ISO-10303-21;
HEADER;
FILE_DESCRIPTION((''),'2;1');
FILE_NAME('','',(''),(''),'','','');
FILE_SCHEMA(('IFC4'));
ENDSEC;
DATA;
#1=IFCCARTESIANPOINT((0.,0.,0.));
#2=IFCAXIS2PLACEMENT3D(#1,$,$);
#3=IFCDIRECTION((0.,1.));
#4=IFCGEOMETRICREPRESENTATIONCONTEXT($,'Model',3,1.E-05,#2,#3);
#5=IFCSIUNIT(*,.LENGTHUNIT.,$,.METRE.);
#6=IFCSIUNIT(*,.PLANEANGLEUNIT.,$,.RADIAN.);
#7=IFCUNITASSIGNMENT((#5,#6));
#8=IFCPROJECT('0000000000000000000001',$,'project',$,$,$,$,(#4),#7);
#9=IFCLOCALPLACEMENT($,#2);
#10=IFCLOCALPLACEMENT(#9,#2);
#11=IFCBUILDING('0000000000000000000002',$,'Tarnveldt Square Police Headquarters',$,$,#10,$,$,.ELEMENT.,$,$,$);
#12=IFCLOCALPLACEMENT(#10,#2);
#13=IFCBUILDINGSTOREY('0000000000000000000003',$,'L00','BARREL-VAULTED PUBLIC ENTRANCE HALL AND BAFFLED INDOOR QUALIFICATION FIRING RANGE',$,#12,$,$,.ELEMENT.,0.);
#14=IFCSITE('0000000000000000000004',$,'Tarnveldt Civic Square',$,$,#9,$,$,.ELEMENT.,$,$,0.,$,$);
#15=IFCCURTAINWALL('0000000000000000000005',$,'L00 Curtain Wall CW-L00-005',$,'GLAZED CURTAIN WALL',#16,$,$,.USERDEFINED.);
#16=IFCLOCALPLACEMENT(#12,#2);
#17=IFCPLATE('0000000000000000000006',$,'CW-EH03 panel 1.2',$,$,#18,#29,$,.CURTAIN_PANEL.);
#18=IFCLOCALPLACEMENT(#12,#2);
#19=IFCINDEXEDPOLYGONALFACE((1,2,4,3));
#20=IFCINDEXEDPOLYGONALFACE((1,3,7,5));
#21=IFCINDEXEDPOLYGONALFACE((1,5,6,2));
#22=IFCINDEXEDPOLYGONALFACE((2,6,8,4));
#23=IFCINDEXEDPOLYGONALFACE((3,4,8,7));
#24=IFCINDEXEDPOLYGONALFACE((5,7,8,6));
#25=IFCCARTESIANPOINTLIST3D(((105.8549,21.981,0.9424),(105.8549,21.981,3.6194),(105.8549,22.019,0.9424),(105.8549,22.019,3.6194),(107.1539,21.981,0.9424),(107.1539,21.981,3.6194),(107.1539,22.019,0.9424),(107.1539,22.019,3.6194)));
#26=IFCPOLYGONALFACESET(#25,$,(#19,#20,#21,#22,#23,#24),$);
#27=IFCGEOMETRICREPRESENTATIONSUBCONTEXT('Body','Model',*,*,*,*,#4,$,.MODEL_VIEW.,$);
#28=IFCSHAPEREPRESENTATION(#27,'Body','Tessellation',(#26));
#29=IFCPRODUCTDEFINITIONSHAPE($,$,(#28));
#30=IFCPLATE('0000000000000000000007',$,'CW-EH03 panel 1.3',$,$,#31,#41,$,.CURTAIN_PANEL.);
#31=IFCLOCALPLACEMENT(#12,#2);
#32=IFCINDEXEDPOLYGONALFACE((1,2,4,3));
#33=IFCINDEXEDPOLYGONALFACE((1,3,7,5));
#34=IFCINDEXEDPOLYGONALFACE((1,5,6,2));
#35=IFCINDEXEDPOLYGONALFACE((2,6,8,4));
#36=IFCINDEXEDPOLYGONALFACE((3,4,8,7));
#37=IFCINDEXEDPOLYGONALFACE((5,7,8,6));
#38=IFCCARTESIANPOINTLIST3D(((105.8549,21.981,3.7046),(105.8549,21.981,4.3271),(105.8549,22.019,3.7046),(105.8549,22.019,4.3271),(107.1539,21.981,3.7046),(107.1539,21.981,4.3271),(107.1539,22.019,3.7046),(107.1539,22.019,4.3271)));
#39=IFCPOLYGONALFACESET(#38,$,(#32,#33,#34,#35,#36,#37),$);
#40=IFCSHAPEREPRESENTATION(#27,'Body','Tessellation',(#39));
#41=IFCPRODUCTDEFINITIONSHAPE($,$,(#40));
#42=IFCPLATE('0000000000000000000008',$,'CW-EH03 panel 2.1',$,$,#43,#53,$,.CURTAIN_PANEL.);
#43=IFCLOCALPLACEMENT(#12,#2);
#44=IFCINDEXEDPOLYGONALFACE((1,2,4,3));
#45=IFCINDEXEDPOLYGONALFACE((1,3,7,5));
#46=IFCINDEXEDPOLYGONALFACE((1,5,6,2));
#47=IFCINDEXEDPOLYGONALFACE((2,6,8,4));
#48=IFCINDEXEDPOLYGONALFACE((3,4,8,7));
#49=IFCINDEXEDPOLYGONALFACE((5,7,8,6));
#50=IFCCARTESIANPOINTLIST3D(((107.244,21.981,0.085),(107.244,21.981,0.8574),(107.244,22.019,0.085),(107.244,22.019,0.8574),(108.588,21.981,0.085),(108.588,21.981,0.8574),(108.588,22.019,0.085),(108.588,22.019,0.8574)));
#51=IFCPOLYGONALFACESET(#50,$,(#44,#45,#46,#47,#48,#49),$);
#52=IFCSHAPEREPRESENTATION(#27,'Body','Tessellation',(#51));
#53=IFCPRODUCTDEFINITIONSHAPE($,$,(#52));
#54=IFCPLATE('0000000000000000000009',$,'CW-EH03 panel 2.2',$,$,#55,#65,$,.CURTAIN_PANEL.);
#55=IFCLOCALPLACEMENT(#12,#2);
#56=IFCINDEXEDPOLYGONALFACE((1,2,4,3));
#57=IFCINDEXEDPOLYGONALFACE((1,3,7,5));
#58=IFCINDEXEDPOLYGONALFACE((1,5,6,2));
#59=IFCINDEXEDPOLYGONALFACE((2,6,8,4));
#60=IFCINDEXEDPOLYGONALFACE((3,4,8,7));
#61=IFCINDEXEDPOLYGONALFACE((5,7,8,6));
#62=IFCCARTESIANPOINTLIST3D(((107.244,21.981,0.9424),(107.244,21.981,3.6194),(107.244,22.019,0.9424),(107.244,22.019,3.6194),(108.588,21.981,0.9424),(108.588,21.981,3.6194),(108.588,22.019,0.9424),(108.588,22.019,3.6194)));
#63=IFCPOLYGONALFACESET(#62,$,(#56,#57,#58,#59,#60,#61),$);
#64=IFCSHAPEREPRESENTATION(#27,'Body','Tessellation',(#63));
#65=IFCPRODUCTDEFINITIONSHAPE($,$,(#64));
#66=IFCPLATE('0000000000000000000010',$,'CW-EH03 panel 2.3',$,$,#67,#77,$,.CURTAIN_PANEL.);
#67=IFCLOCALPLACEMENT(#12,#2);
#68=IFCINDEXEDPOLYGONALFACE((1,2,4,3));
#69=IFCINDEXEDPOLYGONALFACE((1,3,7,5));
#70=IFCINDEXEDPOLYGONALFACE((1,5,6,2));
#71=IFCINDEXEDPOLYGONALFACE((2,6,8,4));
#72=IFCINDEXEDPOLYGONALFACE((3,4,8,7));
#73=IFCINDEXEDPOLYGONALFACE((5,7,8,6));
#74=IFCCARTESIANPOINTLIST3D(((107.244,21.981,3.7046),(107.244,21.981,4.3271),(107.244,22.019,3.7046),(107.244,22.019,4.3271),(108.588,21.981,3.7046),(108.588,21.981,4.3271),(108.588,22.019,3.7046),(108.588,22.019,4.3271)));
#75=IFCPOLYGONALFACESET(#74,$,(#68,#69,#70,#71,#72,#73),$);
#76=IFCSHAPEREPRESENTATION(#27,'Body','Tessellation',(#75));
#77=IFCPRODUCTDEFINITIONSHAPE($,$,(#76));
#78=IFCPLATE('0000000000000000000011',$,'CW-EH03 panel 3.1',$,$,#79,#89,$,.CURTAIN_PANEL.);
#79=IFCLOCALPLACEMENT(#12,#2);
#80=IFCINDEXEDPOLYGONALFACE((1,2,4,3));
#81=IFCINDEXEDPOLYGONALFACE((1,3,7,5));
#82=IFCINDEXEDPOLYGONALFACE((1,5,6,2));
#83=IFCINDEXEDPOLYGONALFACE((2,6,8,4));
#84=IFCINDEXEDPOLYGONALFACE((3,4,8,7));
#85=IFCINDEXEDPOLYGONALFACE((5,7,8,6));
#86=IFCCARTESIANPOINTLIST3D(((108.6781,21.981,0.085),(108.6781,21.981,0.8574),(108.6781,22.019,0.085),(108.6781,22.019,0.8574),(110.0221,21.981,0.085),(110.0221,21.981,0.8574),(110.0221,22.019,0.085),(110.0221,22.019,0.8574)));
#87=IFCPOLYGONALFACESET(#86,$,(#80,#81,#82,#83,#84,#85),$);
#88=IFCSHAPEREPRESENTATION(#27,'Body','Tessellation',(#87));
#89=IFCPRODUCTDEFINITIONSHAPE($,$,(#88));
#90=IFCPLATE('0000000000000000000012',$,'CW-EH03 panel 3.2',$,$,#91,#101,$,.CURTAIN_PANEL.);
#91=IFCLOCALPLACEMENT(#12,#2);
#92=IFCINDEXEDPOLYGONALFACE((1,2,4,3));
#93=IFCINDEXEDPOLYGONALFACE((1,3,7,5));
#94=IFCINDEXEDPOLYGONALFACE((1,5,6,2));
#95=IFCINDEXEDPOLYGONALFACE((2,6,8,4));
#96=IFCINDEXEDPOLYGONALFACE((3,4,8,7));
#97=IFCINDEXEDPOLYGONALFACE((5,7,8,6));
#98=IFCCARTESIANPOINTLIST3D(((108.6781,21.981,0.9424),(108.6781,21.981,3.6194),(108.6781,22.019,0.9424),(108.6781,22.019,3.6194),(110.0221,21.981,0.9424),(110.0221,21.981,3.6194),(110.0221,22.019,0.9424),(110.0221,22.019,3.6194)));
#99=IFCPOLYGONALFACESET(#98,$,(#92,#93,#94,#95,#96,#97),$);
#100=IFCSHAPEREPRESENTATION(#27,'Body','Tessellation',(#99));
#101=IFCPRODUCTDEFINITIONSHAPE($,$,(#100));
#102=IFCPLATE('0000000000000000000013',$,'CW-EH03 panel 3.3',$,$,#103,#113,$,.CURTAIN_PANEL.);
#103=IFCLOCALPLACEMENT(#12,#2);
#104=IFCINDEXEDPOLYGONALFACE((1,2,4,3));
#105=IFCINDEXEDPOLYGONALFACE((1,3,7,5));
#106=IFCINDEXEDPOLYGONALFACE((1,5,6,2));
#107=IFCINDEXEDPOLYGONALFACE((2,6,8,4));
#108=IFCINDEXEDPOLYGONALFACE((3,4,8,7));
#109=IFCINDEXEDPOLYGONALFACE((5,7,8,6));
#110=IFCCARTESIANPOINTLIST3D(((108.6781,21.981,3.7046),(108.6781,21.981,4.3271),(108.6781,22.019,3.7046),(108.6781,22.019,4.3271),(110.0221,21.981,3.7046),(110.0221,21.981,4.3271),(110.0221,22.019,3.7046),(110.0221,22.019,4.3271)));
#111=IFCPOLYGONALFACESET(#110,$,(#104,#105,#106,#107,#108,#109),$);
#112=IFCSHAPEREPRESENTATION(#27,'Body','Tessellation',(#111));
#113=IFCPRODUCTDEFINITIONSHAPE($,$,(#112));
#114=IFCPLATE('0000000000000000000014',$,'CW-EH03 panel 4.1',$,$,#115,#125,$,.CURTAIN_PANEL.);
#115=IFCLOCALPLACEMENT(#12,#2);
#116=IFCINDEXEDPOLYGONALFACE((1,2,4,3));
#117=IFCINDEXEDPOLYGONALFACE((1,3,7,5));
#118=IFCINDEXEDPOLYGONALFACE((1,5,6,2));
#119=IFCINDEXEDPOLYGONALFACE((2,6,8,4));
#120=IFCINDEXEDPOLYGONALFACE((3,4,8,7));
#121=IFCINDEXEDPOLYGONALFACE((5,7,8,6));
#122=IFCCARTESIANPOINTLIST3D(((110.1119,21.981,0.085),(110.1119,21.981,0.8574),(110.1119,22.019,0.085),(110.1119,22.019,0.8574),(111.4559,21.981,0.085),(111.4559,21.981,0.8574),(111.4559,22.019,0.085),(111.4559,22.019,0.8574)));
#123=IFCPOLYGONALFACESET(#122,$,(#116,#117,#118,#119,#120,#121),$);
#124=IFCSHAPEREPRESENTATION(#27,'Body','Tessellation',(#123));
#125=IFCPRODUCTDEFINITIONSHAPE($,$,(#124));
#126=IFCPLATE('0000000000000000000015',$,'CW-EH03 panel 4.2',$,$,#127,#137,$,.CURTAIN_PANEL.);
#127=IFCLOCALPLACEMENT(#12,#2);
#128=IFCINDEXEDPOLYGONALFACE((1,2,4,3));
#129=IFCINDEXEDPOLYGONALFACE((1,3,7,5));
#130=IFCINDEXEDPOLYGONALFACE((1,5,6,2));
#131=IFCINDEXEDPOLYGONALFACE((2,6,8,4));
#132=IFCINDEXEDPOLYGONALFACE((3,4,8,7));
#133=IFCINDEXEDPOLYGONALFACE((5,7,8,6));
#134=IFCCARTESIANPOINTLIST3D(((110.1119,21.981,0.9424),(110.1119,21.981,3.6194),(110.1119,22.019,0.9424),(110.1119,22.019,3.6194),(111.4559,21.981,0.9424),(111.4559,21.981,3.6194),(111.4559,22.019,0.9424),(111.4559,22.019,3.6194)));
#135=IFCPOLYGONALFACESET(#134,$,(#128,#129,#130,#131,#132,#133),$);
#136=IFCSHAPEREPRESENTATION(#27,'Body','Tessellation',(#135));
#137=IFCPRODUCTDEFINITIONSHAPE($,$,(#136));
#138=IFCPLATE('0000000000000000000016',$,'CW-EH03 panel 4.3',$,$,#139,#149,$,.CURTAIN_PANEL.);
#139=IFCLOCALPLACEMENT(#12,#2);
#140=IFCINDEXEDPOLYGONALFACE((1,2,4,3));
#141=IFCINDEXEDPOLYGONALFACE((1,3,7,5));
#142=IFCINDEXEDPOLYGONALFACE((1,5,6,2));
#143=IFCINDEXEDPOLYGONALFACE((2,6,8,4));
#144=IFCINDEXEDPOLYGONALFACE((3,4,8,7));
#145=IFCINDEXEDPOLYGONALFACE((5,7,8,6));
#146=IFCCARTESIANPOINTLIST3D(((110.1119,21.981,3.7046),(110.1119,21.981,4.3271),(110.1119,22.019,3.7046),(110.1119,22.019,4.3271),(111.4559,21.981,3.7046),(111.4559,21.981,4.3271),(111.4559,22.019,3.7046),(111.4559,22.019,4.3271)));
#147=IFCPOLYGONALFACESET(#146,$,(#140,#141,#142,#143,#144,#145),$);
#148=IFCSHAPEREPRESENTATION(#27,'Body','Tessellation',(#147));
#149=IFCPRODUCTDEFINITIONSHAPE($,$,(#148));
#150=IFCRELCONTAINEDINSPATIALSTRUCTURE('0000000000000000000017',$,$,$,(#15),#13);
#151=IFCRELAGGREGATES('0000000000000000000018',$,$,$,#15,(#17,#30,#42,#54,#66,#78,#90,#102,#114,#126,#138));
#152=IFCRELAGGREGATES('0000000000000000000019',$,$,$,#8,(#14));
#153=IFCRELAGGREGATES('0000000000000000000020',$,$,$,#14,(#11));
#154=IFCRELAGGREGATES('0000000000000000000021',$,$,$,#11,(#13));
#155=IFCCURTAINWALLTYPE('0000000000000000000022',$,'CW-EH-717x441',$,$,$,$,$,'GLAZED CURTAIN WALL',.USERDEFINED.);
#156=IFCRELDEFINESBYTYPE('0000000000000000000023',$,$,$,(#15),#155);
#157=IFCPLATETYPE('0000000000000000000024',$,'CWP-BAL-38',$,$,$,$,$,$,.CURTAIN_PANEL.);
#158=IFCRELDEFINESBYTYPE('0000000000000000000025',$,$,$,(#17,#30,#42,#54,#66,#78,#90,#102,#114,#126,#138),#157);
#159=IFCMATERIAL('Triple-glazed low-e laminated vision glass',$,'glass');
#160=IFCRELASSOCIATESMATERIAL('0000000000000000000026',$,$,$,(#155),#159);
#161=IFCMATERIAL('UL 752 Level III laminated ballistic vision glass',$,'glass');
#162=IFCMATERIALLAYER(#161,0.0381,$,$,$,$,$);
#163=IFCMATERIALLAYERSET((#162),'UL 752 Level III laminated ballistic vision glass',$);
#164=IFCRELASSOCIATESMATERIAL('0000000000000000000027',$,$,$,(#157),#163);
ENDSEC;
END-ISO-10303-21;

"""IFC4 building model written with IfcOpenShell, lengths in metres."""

from ifc_helpers import new_model, si_unit, direction, frame, origin, origin_2d, place, context, subcontext, project, spatial, rectangle, extrude, material, layer, layer_set, type_object, element, aggregate, save


model = new_model("IFC4")

# Units and contexts
model_context = context("Model", 3, precision=1e-05, world=origin(), true_north=direction((0.0, 1.0)))
body_context = subcontext(model_context, "Body", "Model", "MODEL_VIEW")
ifc_project = project(units=[si_unit("LENGTHUNIT", "METRE"), si_unit("PLANEANGLEUNIT", "RADIAN")], contexts=[model_context])

# Site, building, storey
site_placement = place(None, origin())
site = spatial("IfcSite", under=ifc_project, at=site_placement, Name="Tarnveldt Civic Square", CompositionType="ELEMENT", RefElevation=0.0)
building_placement = place(site_placement, origin())
building = spatial("IfcBuilding", under=site, at=building_placement, Name="Tarnveldt Square Police Headquarters", CompositionType="ELEMENT")
storey_placement = place(building_placement, origin())
storey = spatial("IfcBuildingStorey", under=building, at=storey_placement, Name="L00", Description="BARREL-VAULTED PUBLIC ENTRANCE HALL AND BAFFLED INDOOR QUALIFICATION FIRING RANGE", CompositionType="ELEMENT", Elevation=0.0)

# Curtain wall, plates
ifc_material_1 = material(Name="Triple-glazed low-e laminated vision glass", Category="glass")
curtain_wall_type = type_object("IfcCurtainWallType", Name="CW-EH-717x441", ElementType="GLAZED CURTAIN WALL", PredefinedType="USERDEFINED", material=ifc_material_1)
curtain_wall_placement = place(storey_placement, origin())
curtain_wall = element("IfcCurtainWall", 1, at=curtain_wall_placement, inside=storey, type_object=curtain_wall_type, Name="L00 Curtain Wall CW-L00-005", ObjectType="GLAZED CURTAIN WALL", PredefinedType="USERDEFINED")
ifc_material_2 = material(Name="UL 752 Level III laminated ballistic vision glass", Category="glass")
ifc_layer = layer(ifc_material_2, 0.0381)
ifc_layer_set = layer_set([ifc_layer], Name="UL 752 Level III laminated ballistic vision glass")
plate_type = type_object("IfcPlateType", Name="CWP-BAL-38", PredefinedType="CURTAIN_PANEL", material=ifc_layer_set)
plate_1_placement = place(storey_placement, frame((106.5044, 22.0, 0.9424), z_axis=(0.0, 0.0, 1.0), x_axis=(1.0, 0.0, 0.0)))
plate_1 = element("IfcPlate", 2, at=plate_1_placement, type_object=plate_type, Name="CW-EH03 panel 1.2", PredefinedType="CURTAIN_PANEL", context=body_context, shape_type="SweptSolid", body=[
    extrude(rectangle(XDim=1.2991, YDim=0.0381, at=origin_2d()), origin(), (0.0, 0.0, 1.0), 2.677),
])
plate_2_placement = place(storey_placement, frame((106.5044, 22.0, 3.7046), z_axis=(0.0, 0.0, 1.0), x_axis=(1.0, 0.0, 0.0)))
plate_2 = element("IfcPlate", 3, at=plate_2_placement, type_object=plate_type, Name="CW-EH03 panel 1.3", PredefinedType="CURTAIN_PANEL", context=body_context, shape_type="SweptSolid", body=[
    extrude(rectangle(XDim=1.2991, YDim=0.0381, at=origin_2d()), origin(), (0.0, 0.0, 1.0), 0.6226),
])
plate_3_placement = place(storey_placement, frame((107.916, 22.0, 0.085), z_axis=(0.0, 0.0, 1.0), x_axis=(1.0, 0.0, 0.0)))
plate_3 = element("IfcPlate", 4, at=plate_3_placement, type_object=plate_type, Name="CW-EH03 panel 2.1", PredefinedType="CURTAIN_PANEL", context=body_context, shape_type="SweptSolid", body=[
    extrude(rectangle(XDim=1.344, YDim=0.0381, at=origin_2d()), origin(), (0.0, 0.0, 1.0), 0.7725),
])
plate_4_placement = place(storey_placement, frame((107.916, 22.0, 0.9424), z_axis=(0.0, 0.0, 1.0), x_axis=(1.0, 0.0, 0.0)))
plate_4 = element("IfcPlate", 5, at=plate_4_placement, type_object=plate_type, Name="CW-EH03 panel 2.2", PredefinedType="CURTAIN_PANEL", context=body_context, shape_type="SweptSolid", body=[
    extrude(rectangle(XDim=1.344, YDim=0.0381, at=origin_2d()), origin(), (0.0, 0.0, 1.0), 2.677),
])
plate_5_placement = place(storey_placement, frame((107.916, 22.0, 3.7046), z_axis=(0.0, 0.0, 1.0), x_axis=(1.0, 0.0, 0.0)))
plate_5 = element("IfcPlate", 6, at=plate_5_placement, type_object=plate_type, Name="CW-EH03 panel 2.3", PredefinedType="CURTAIN_PANEL", context=body_context, shape_type="SweptSolid", body=[
    extrude(rectangle(XDim=1.344, YDim=0.0381, at=origin_2d()), origin(), (0.0, 0.0, 1.0), 0.6226),
])
plate_6_placement = place(storey_placement, frame((109.3501, 22.0, 0.085), z_axis=(0.0, 0.0, 1.0), x_axis=(1.0, 0.0, 0.0)))
plate_6 = element("IfcPlate", 7, at=plate_6_placement, type_object=plate_type, Name="CW-EH03 panel 3.1", PredefinedType="CURTAIN_PANEL", context=body_context, shape_type="SweptSolid", body=[
    extrude(rectangle(XDim=1.344, YDim=0.0381, at=origin_2d()), origin(), (0.0, 0.0, 1.0), 0.7725),
])
plate_7_placement = place(storey_placement, frame((109.3501, 22.0, 0.9424), z_axis=(0.0, 0.0, 1.0), x_axis=(1.0, 0.0, 0.0)))
plate_7 = element("IfcPlate", 8, at=plate_7_placement, type_object=plate_type, Name="CW-EH03 panel 3.2", PredefinedType="CURTAIN_PANEL", context=body_context, shape_type="SweptSolid", body=[
    extrude(rectangle(XDim=1.344, YDim=0.0381, at=origin_2d()), origin(), (0.0, 0.0, 1.0), 2.677),
])
plate_8_placement = place(storey_placement, frame((109.3501, 22.0, 3.7046), z_axis=(0.0, 0.0, 1.0), x_axis=(1.0, 0.0, 0.0)))
plate_8 = element("IfcPlate", 9, at=plate_8_placement, type_object=plate_type, Name="CW-EH03 panel 3.3", PredefinedType="CURTAIN_PANEL", context=body_context, shape_type="SweptSolid", body=[
    extrude(rectangle(XDim=1.344, YDim=0.0381, at=origin_2d()), origin(), (0.0, 0.0, 1.0), 0.6226),
])
plate_9_placement = place(storey_placement, frame((110.7839, 22.0, 0.085), z_axis=(0.0, 0.0, 1.0), x_axis=(1.0, 0.0, 0.0)))
plate_9 = element("IfcPlate", 10, at=plate_9_placement, type_object=plate_type, Name="CW-EH03 panel 4.1", PredefinedType="CURTAIN_PANEL", context=body_context, shape_type="SweptSolid", body=[
    extrude(rectangle(XDim=1.344, YDim=0.0381, at=origin_2d()), origin(), (0.0, 0.0, 1.0), 0.7725),
])
plate_10_placement = place(storey_placement, frame((110.7839, 22.0, 0.9424), z_axis=(0.0, 0.0, 1.0), x_axis=(1.0, 0.0, 0.0)))
plate_10 = element("IfcPlate", 11, at=plate_10_placement, type_object=plate_type, Name="CW-EH03 panel 4.2", PredefinedType="CURTAIN_PANEL", context=body_context, shape_type="SweptSolid", body=[
    extrude(rectangle(XDim=1.344, YDim=0.0381, at=origin_2d()), origin(), (0.0, 0.0, 1.0), 2.677),
])
plate_11_placement = place(storey_placement, frame((110.7839, 22.0, 3.7046), z_axis=(0.0, 0.0, 1.0), x_axis=(1.0, 0.0, 0.0)))
plate_11 = element("IfcPlate", 12, at=plate_11_placement, type_object=plate_type, Name="CW-EH03 panel 4.3", PredefinedType="CURTAIN_PANEL", context=body_context, shape_type="SweptSolid", body=[
    extrude(rectangle(XDim=1.344, YDim=0.0381, at=origin_2d()), origin(), (0.0, 0.0, 1.0), 0.6226),
])
aggregate(curtain_wall, [plate_1, plate_2, plate_3, plate_4, plate_5, plate_6, plate_7, plate_8, plate_9, plate_10, plate_11])

save(model, "model.ifc")
